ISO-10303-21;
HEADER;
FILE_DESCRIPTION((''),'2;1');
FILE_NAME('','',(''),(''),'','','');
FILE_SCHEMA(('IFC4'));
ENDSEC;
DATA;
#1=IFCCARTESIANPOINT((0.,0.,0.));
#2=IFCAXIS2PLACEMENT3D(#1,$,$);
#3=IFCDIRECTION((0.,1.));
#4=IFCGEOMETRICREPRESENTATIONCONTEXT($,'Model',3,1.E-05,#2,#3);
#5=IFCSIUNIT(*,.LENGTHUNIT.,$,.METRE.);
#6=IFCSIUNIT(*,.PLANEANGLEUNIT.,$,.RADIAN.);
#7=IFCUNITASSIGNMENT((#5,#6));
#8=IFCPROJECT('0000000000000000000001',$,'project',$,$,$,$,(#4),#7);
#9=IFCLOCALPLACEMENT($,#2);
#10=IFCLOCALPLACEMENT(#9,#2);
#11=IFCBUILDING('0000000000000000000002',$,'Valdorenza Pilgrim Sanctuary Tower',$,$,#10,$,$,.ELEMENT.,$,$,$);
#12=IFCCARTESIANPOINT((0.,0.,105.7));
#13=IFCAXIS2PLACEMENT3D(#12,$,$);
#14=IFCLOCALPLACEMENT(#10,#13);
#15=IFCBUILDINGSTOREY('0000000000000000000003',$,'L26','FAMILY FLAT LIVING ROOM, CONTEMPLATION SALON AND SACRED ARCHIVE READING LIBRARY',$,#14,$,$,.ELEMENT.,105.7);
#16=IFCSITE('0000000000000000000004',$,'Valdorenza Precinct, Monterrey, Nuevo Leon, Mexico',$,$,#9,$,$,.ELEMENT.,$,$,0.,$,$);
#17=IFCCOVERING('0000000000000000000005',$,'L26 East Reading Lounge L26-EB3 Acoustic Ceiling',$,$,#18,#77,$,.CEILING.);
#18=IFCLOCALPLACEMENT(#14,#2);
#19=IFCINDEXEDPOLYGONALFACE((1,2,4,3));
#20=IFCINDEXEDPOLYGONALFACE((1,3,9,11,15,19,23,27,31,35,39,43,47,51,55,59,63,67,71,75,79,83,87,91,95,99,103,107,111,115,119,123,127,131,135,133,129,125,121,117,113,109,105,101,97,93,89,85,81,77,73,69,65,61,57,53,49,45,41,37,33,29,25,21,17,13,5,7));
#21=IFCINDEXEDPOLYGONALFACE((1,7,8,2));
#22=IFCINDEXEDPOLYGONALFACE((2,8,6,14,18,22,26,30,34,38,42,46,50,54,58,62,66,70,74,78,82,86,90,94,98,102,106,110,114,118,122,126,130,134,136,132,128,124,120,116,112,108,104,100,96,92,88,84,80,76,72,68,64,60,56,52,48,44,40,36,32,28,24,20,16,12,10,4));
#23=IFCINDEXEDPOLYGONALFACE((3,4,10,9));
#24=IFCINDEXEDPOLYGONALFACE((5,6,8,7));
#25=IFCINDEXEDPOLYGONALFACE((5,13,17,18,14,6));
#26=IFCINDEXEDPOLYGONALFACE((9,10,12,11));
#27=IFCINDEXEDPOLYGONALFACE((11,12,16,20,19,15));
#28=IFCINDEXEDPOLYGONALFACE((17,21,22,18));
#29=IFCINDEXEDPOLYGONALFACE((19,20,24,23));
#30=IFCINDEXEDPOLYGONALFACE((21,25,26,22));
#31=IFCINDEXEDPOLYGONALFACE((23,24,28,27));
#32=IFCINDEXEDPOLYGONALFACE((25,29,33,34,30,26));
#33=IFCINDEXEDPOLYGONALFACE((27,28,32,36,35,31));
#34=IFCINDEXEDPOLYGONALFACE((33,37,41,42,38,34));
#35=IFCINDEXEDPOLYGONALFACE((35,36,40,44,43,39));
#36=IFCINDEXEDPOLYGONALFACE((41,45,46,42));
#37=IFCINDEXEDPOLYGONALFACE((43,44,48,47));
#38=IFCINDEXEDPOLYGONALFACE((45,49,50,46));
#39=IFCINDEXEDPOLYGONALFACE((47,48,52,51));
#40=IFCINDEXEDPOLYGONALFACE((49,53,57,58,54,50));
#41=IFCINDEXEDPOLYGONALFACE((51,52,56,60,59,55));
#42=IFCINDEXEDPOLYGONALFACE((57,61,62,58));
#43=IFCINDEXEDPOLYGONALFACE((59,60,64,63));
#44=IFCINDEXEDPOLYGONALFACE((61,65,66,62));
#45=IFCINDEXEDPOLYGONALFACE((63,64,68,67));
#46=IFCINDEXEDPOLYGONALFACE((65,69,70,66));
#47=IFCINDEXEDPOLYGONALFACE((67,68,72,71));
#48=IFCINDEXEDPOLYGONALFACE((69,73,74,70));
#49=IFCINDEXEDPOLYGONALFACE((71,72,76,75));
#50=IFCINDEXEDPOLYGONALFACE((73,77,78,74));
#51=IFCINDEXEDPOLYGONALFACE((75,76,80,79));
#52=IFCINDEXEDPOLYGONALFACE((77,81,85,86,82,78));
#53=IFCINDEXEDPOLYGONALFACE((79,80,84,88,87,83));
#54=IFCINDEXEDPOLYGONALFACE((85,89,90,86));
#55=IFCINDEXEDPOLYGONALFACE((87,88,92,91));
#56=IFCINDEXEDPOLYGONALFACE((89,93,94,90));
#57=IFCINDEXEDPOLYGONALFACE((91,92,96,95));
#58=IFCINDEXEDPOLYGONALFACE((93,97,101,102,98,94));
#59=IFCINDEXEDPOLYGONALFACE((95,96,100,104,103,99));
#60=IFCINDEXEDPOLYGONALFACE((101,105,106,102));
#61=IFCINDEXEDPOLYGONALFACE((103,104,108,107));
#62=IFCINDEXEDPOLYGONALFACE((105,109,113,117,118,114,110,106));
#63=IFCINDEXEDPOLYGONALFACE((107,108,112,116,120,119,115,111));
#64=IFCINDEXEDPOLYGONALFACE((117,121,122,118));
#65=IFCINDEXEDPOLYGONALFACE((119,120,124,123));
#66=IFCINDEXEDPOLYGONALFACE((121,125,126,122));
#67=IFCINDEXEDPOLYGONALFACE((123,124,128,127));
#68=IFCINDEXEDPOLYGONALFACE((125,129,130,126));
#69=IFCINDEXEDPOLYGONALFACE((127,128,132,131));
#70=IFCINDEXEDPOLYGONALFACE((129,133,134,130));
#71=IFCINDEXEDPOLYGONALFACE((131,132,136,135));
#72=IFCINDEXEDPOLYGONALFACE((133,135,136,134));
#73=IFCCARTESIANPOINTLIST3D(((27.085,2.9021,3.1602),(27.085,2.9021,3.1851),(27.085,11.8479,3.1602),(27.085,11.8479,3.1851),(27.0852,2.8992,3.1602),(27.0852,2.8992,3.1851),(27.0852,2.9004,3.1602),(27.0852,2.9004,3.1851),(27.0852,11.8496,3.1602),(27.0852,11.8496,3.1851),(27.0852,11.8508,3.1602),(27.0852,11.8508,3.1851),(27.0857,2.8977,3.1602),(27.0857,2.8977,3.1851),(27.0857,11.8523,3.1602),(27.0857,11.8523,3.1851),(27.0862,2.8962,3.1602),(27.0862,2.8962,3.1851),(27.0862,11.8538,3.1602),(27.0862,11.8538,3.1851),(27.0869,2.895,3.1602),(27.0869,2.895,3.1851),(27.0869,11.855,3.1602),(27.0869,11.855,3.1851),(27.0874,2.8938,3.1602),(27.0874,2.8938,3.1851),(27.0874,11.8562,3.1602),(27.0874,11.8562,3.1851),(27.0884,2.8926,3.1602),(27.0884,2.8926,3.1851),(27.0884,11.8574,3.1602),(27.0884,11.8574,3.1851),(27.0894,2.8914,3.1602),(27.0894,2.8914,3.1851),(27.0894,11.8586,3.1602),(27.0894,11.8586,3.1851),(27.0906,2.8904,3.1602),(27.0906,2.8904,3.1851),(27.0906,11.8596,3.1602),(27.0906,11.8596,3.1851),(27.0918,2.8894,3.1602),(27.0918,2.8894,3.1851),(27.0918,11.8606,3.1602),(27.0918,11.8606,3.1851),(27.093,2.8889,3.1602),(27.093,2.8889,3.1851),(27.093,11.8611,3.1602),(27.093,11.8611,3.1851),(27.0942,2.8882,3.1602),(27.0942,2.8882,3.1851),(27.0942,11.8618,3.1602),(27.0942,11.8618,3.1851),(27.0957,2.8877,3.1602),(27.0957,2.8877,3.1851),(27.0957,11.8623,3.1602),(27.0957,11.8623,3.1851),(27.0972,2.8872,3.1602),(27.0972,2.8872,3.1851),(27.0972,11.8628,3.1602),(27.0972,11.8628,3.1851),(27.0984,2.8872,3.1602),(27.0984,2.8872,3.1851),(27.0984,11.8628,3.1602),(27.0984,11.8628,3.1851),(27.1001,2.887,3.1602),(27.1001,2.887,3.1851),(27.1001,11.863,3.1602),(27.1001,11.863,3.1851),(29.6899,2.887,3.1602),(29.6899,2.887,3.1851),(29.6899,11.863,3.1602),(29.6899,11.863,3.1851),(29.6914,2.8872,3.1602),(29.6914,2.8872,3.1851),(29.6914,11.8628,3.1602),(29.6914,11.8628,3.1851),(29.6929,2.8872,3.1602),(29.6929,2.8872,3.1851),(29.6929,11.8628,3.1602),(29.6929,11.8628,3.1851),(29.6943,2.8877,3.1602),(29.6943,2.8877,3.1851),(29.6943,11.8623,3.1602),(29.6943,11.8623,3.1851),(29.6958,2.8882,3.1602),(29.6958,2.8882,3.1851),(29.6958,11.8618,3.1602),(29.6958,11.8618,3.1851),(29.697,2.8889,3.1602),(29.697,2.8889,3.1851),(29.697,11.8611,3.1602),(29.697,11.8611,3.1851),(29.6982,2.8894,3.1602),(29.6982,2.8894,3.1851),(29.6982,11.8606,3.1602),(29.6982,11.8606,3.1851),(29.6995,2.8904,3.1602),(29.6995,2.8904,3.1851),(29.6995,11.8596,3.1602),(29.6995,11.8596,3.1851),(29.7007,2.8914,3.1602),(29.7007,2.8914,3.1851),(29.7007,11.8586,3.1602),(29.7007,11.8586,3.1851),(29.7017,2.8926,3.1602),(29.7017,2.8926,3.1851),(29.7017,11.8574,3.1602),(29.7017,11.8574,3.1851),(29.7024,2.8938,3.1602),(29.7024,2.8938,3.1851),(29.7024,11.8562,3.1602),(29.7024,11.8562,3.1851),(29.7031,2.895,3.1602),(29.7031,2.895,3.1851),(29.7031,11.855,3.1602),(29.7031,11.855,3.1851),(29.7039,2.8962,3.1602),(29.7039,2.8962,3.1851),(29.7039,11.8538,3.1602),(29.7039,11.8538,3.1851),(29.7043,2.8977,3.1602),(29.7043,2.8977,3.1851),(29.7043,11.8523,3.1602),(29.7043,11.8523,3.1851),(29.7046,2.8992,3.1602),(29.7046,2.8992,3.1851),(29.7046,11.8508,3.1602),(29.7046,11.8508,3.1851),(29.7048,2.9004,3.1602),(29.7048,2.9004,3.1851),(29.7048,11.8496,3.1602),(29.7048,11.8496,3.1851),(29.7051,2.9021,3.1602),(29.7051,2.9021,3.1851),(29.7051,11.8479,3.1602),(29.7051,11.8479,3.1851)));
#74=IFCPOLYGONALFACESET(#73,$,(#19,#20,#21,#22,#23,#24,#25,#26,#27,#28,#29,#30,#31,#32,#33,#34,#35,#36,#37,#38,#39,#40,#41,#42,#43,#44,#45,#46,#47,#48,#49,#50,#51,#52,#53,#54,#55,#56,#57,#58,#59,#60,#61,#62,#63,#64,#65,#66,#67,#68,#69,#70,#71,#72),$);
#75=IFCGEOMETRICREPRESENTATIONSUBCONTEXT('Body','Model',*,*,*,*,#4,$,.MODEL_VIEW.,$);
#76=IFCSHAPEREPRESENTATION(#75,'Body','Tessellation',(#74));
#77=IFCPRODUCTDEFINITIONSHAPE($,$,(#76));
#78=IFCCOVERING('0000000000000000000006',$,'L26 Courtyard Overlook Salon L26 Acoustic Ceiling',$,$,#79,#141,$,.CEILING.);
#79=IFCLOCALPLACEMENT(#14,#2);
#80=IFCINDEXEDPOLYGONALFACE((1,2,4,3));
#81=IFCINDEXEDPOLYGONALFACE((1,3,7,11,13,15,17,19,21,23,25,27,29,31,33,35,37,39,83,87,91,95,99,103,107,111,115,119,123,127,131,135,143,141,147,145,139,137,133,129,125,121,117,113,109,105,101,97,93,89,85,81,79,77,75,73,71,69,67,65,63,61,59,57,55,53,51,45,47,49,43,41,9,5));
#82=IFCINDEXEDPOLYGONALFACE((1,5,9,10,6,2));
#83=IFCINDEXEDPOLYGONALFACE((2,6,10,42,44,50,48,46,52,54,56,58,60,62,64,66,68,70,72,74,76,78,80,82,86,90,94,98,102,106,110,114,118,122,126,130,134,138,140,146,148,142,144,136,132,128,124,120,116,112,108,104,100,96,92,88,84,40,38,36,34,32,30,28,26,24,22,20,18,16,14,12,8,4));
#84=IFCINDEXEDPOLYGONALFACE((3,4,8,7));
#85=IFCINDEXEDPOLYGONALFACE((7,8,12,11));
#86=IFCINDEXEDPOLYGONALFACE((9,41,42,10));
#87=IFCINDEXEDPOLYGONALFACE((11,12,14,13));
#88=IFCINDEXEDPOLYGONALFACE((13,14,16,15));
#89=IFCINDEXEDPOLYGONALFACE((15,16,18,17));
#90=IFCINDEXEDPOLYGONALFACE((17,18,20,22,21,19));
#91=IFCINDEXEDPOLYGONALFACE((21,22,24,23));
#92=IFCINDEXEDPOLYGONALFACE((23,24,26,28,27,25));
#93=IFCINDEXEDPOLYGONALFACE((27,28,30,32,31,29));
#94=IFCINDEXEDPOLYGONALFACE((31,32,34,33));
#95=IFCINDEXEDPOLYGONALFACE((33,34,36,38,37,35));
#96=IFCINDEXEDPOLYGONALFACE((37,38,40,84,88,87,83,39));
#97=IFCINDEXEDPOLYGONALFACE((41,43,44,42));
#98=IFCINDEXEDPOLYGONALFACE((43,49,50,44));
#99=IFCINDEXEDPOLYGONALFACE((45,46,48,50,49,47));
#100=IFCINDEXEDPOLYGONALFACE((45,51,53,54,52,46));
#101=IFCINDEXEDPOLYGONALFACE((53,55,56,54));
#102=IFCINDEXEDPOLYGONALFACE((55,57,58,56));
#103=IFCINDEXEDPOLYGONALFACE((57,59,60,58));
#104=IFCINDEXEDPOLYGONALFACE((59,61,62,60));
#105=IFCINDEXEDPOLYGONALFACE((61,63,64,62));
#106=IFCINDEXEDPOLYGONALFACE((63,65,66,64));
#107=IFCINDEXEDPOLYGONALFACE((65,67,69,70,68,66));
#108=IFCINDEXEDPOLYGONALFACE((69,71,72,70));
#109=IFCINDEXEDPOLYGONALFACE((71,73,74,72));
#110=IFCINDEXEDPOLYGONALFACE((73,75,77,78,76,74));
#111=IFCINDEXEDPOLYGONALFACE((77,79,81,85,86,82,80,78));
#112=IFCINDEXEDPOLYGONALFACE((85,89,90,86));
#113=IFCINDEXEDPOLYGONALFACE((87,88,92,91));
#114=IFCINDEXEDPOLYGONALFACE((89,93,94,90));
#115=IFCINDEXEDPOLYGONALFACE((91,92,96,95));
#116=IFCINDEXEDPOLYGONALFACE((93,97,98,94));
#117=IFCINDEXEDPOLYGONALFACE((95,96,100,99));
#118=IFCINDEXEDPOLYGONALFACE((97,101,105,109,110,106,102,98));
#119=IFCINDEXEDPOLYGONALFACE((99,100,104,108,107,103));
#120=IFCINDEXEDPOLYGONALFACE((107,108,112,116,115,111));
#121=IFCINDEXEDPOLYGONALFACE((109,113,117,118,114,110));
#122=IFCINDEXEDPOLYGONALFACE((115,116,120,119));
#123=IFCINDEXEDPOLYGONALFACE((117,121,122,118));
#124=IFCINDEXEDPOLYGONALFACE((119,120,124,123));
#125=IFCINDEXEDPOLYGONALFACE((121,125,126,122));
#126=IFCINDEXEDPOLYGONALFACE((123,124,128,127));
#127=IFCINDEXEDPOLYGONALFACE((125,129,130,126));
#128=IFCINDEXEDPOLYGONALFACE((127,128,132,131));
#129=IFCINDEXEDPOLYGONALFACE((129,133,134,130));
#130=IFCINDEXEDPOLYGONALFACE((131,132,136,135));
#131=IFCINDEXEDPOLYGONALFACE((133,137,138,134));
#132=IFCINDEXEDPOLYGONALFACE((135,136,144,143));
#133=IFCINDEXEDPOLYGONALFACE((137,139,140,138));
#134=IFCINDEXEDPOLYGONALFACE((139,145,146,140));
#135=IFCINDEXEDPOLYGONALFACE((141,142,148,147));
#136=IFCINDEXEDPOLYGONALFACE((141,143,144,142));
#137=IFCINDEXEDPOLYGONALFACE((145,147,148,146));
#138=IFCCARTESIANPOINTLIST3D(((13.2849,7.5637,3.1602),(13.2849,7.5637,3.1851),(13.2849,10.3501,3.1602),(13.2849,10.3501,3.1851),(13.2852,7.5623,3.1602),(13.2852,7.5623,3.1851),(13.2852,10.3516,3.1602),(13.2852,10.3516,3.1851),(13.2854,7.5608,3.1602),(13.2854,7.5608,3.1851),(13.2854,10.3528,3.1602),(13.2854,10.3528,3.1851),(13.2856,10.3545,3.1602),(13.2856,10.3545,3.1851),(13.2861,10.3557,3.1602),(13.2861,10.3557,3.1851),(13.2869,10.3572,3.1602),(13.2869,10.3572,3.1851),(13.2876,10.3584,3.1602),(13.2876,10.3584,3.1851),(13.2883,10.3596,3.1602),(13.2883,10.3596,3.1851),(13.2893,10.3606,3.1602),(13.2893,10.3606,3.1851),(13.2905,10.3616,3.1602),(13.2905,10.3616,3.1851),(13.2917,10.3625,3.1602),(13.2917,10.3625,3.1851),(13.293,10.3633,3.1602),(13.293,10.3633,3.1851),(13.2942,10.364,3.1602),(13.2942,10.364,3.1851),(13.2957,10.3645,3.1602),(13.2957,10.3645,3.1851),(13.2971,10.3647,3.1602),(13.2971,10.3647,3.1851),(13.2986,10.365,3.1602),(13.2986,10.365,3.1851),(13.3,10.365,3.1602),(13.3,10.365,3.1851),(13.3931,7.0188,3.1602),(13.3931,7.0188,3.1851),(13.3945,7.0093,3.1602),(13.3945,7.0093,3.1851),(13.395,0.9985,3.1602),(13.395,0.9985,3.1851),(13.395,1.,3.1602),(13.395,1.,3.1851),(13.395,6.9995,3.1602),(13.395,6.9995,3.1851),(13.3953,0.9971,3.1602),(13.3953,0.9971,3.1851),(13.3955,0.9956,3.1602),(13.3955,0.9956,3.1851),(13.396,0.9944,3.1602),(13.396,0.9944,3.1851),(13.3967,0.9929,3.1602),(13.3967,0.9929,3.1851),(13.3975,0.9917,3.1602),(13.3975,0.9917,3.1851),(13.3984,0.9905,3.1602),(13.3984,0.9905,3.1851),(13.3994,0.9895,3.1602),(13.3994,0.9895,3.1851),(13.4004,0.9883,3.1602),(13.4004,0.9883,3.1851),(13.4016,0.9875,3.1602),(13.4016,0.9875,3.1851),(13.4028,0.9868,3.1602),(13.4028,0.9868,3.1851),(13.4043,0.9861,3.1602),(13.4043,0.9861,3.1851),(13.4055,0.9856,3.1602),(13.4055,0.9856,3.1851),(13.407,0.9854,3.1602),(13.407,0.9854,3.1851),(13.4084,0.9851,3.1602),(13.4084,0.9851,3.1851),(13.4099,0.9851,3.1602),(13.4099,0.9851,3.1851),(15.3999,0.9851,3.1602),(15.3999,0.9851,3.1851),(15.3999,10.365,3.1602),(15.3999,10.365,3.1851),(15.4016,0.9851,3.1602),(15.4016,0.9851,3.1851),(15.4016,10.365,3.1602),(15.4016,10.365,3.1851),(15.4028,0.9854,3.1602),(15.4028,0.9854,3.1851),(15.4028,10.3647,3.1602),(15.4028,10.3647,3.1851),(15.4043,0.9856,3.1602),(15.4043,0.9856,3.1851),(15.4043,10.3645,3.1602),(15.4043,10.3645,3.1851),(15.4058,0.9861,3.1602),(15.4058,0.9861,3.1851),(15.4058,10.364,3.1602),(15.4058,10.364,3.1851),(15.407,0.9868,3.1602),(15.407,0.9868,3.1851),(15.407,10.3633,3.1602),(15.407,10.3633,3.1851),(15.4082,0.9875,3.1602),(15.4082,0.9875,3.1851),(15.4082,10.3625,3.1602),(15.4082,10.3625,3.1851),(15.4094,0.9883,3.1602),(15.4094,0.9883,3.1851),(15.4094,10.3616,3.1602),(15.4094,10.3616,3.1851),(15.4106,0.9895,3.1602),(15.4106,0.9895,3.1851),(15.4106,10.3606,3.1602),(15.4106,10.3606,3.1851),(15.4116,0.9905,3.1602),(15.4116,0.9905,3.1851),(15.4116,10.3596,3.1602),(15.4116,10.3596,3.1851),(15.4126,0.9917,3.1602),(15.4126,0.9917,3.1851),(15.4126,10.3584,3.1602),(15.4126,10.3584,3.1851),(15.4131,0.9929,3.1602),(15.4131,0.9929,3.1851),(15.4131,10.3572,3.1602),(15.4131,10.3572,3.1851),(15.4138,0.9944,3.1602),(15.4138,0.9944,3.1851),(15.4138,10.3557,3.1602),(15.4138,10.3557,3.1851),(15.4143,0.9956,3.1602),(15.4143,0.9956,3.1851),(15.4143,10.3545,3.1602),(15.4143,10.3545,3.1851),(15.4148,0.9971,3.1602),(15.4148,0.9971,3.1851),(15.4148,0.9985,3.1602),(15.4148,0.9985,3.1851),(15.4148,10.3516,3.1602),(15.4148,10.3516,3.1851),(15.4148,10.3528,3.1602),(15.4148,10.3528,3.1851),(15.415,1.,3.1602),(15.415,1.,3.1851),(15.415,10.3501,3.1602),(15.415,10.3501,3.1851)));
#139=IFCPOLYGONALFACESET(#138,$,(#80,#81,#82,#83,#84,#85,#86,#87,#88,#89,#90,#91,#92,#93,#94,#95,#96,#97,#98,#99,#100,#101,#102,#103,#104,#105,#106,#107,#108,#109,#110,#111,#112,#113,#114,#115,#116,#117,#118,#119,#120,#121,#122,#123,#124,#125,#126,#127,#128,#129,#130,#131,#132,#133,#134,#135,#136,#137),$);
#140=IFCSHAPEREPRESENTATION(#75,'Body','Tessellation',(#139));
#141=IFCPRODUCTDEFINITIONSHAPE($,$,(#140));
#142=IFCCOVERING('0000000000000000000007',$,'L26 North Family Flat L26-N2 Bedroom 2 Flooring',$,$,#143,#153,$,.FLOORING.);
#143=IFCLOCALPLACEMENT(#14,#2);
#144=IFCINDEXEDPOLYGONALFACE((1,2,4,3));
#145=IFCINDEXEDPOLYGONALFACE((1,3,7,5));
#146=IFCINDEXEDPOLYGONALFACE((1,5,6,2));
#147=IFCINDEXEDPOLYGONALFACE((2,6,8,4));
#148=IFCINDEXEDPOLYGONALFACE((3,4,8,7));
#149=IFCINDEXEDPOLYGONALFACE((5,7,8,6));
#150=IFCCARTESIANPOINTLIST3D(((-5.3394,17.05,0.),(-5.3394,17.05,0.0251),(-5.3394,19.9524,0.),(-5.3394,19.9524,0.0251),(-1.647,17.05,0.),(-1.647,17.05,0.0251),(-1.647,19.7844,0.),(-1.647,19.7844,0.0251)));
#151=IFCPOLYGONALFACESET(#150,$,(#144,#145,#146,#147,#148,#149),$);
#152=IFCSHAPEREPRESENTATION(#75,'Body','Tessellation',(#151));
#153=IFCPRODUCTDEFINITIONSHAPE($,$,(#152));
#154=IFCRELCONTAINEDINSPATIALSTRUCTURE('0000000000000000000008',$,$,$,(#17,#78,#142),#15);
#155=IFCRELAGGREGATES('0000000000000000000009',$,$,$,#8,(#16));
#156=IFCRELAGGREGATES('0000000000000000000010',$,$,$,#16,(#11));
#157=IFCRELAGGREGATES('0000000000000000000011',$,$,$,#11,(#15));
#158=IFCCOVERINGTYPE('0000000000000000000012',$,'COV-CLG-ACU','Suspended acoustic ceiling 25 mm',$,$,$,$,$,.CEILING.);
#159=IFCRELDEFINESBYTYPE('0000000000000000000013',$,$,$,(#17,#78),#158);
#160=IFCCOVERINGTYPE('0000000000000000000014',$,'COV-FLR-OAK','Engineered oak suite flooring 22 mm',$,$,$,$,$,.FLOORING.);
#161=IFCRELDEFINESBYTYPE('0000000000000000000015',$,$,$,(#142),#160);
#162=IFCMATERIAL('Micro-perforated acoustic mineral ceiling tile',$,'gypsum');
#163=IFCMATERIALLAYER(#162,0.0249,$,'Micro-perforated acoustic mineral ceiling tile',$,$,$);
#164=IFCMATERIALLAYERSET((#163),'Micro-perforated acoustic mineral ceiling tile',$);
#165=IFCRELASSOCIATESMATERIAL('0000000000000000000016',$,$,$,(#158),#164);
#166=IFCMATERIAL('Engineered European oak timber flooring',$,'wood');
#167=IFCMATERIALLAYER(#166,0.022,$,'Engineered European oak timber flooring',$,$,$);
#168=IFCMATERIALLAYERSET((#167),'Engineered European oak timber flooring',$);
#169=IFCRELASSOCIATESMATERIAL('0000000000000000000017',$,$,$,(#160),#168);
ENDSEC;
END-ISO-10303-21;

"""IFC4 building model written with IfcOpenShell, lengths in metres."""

from ifc_helpers import new_model, si_unit, direction, frame, origin, place, context, subcontext, project, spatial, polyline, outline, extrude, material, layer, layer_set, type_object, element, save


model = new_model("IFC4")

# Units and contexts
model_context = context("Model", 3, precision=1e-05, world=origin(), true_north=direction((0.0, 1.0)))
body_context = subcontext(model_context, "Body", "Model", "MODEL_VIEW")
ifc_project = project(units=[si_unit("LENGTHUNIT", "METRE"), si_unit("PLANEANGLEUNIT", "RADIAN")], contexts=[model_context])

# Site, building, storey
site_placement = place(None, origin())
site = spatial("IfcSite", under=ifc_project, at=site_placement, Name="Valdorenza Precinct, Monterrey, Nuevo Leon, Mexico", CompositionType="ELEMENT", RefElevation=0.0)
building_placement = place(site_placement, origin())
building = spatial("IfcBuilding", under=site, at=building_placement, Name="Valdorenza Pilgrim Sanctuary Tower", CompositionType="ELEMENT")
storey_placement = place(building_placement, frame((0.0, 0.0, 105.7)))
storey = spatial("IfcBuildingStorey", under=building, at=storey_placement, Name="L26", Description="FAMILY FLAT LIVING ROOM, CONTEMPLATION SALON AND SACRED ARCHIVE READING LIBRARY", CompositionType="ELEMENT", Elevation=105.7)

# Coverings
ifc_material_1 = material(Name="Micro-perforated acoustic mineral ceiling tile", Category="gypsum")
ifc_layer_1 = layer(ifc_material_1, 0.0249, Name="Micro-perforated acoustic mineral ceiling tile")
ifc_layer_set_1 = layer_set([ifc_layer_1], Name="Micro-perforated acoustic mineral ceiling tile")
covering_type_1 = type_object("IfcCoveringType", Name="COV-CLG-ACU", Description="Suspended acoustic ceiling 25 mm", PredefinedType="CEILING", material=ifc_layer_set_1)
covering_1_placement = place(storey_placement, frame((0.0, 0.0, 3.1602)))
element("IfcCovering", 1, at=covering_1_placement, inside=storey, type_object=covering_type_1, Name="L26 East Reading Lounge L26-EB3 Acoustic Ceiling", PredefinedType="CEILING", context=body_context, shape_type="SweptSolid", body=[
    extrude(outline(polyline([(27.085, 11.8479), (27.0852, 11.8496), (27.0852, 11.8508), (27.0857, 11.8523), (27.0862, 11.8538), (27.0869, 11.855), (27.0874, 11.8562), (27.0884, 11.8574), (27.0894, 11.8586), (27.0906, 11.8596), (27.0918, 11.8606), (27.093, 11.8611), (27.0942, 11.8618), (27.0957, 11.8623), (27.0972, 11.8628), (27.0984, 11.8628), (27.1001, 11.863), (29.6899, 11.863), (29.6914, 11.8628), (29.6929, 11.8628), (29.6943, 11.8623), (29.6958, 11.8618), (29.697, 11.8611), (29.6982, 11.8606), (29.6995, 11.8596), (29.7007, 11.8586), (29.7017, 11.8574), (29.7024, 11.8562), (29.7031, 11.855), (29.7039, 11.8538), (29.7043, 11.8523), (29.7046, 11.8508), (29.7048, 11.8496), (29.7051, 11.8479), (29.7051, 2.9021), (29.7048, 2.9004), (29.7046, 2.8992), (29.7043, 2.8977), (29.7039, 2.8962), (29.7031, 2.895), (29.7024, 2.8938), (29.7017, 2.8926), (29.7007, 2.8914), (29.6995, 2.8904), (29.6982, 2.8894), (29.697, 2.8889), (29.6958, 2.8882), (29.6943, 2.8877), (29.6929, 2.8872), (29.6914, 2.8872), (29.6899, 2.887), (27.1001, 2.887), (27.0984, 2.8872), (27.0972, 2.8872), (27.0957, 2.8877), (27.0942, 2.8882), (27.093, 2.8889), (27.0918, 2.8894), (27.0906, 2.8904), (27.0894, 2.8914), (27.0884, 2.8926), (27.0874, 2.8938), (27.0869, 2.895), (27.0862, 2.8962), (27.0857, 2.8977), (27.0852, 2.8992), (27.0852, 2.9004), (27.085, 2.9021), (27.085, 11.8479)])), origin(), (0.0, 0.0, 1.0), 0.0249),
])
covering_2_placement = place(storey_placement, frame((0.0, 0.0, 3.1602)))
element("IfcCovering", 2, at=covering_2_placement, inside=storey, type_object=covering_type_1, Name="L26 Courtyard Overlook Salon L26 Acoustic Ceiling", PredefinedType="CEILING", context=body_context, shape_type="SweptSolid", body=[
    extrude(outline(polyline([(15.3999, 10.365), (15.4016, 10.365), (15.4028, 10.3647), (15.4043, 10.3645), (15.4058, 10.364), (15.407, 10.3633), (15.4082, 10.3625), (15.4094, 10.3616), (15.4106, 10.3606), (15.4116, 10.3596), (15.4126, 10.3584), (15.4131, 10.3572), (15.4138, 10.3557), (15.4143, 10.3545), (15.4148, 10.3528), (15.4148, 10.3516), (15.415, 10.3501), (15.415, 1.0), (15.4148, 0.9985), (15.4148, 0.9971), (15.4143, 0.9956), (15.4138, 0.9944), (15.4131, 0.9929), (15.4126, 0.9917), (15.4116, 0.9905), (15.4106, 0.9895), (15.4094, 0.9883), (15.4082, 0.9875), (15.407, 0.9868), (15.4058, 0.9861), (15.4043, 0.9856), (15.4028, 0.9854), (15.4016, 0.9851), (15.3999, 0.9851), (13.4099, 0.9851), (13.4084, 0.9851), (13.407, 0.9854), (13.4055, 0.9856), (13.4043, 0.9861), (13.4028, 0.9868), (13.4016, 0.9875), (13.4004, 0.9883), (13.3994, 0.9895), (13.3984, 0.9905), (13.3975, 0.9917), (13.3967, 0.9929), (13.396, 0.9944), (13.3955, 0.9956), (13.3953, 0.9971), (13.395, 0.9985), (13.395, 1.0), (13.395, 6.9995), (13.3945, 7.0093), (13.3931, 7.0188), (13.2854, 7.5608), (13.2852, 7.5623), (13.2849, 7.5637), (13.2849, 10.3501), (13.2852, 10.3516), (13.2854, 10.3528), (13.2856, 10.3545), (13.2861, 10.3557), (13.2869, 10.3572), (13.2876, 10.3584), (13.2883, 10.3596), (13.2893, 10.3606), (13.2905, 10.3616), (13.2917, 10.3625), (13.293, 10.3633), (13.2942, 10.364), (13.2957, 10.3645), (13.2971, 10.3647), (13.2986, 10.365), (13.3, 10.365), (15.3999, 10.365)])), origin(), (0.0, 0.0, 1.0), 0.0249),
])
ifc_material_2 = material(Name="Engineered European oak timber flooring", Category="wood")
ifc_layer_2 = layer(ifc_material_2, 0.022, Name="Engineered European oak timber flooring")
ifc_layer_set_2 = layer_set([ifc_layer_2], Name="Engineered European oak timber flooring")
covering_type_2 = type_object("IfcCoveringType", Name="COV-FLR-OAK", Description="Engineered oak suite flooring 22 mm", PredefinedType="FLOORING", material=ifc_layer_set_2)
covering_3_placement = place(storey_placement, origin())
element("IfcCovering", 3, at=covering_3_placement, inside=storey, type_object=covering_type_2, Name="L26 North Family Flat L26-N2 Bedroom 2 Flooring", PredefinedType="FLOORING", context=body_context, shape_type="SweptSolid", body=[
    extrude(outline(polyline([(-5.3394, 17.05), (-5.3394, 19.9524), (-1.647, 19.7844), (-1.647, 17.05), (-5.3394, 17.05)])), origin(), (0.0, 0.0, 1.0), 0.0251),
])

save(model, "model.ifc")
